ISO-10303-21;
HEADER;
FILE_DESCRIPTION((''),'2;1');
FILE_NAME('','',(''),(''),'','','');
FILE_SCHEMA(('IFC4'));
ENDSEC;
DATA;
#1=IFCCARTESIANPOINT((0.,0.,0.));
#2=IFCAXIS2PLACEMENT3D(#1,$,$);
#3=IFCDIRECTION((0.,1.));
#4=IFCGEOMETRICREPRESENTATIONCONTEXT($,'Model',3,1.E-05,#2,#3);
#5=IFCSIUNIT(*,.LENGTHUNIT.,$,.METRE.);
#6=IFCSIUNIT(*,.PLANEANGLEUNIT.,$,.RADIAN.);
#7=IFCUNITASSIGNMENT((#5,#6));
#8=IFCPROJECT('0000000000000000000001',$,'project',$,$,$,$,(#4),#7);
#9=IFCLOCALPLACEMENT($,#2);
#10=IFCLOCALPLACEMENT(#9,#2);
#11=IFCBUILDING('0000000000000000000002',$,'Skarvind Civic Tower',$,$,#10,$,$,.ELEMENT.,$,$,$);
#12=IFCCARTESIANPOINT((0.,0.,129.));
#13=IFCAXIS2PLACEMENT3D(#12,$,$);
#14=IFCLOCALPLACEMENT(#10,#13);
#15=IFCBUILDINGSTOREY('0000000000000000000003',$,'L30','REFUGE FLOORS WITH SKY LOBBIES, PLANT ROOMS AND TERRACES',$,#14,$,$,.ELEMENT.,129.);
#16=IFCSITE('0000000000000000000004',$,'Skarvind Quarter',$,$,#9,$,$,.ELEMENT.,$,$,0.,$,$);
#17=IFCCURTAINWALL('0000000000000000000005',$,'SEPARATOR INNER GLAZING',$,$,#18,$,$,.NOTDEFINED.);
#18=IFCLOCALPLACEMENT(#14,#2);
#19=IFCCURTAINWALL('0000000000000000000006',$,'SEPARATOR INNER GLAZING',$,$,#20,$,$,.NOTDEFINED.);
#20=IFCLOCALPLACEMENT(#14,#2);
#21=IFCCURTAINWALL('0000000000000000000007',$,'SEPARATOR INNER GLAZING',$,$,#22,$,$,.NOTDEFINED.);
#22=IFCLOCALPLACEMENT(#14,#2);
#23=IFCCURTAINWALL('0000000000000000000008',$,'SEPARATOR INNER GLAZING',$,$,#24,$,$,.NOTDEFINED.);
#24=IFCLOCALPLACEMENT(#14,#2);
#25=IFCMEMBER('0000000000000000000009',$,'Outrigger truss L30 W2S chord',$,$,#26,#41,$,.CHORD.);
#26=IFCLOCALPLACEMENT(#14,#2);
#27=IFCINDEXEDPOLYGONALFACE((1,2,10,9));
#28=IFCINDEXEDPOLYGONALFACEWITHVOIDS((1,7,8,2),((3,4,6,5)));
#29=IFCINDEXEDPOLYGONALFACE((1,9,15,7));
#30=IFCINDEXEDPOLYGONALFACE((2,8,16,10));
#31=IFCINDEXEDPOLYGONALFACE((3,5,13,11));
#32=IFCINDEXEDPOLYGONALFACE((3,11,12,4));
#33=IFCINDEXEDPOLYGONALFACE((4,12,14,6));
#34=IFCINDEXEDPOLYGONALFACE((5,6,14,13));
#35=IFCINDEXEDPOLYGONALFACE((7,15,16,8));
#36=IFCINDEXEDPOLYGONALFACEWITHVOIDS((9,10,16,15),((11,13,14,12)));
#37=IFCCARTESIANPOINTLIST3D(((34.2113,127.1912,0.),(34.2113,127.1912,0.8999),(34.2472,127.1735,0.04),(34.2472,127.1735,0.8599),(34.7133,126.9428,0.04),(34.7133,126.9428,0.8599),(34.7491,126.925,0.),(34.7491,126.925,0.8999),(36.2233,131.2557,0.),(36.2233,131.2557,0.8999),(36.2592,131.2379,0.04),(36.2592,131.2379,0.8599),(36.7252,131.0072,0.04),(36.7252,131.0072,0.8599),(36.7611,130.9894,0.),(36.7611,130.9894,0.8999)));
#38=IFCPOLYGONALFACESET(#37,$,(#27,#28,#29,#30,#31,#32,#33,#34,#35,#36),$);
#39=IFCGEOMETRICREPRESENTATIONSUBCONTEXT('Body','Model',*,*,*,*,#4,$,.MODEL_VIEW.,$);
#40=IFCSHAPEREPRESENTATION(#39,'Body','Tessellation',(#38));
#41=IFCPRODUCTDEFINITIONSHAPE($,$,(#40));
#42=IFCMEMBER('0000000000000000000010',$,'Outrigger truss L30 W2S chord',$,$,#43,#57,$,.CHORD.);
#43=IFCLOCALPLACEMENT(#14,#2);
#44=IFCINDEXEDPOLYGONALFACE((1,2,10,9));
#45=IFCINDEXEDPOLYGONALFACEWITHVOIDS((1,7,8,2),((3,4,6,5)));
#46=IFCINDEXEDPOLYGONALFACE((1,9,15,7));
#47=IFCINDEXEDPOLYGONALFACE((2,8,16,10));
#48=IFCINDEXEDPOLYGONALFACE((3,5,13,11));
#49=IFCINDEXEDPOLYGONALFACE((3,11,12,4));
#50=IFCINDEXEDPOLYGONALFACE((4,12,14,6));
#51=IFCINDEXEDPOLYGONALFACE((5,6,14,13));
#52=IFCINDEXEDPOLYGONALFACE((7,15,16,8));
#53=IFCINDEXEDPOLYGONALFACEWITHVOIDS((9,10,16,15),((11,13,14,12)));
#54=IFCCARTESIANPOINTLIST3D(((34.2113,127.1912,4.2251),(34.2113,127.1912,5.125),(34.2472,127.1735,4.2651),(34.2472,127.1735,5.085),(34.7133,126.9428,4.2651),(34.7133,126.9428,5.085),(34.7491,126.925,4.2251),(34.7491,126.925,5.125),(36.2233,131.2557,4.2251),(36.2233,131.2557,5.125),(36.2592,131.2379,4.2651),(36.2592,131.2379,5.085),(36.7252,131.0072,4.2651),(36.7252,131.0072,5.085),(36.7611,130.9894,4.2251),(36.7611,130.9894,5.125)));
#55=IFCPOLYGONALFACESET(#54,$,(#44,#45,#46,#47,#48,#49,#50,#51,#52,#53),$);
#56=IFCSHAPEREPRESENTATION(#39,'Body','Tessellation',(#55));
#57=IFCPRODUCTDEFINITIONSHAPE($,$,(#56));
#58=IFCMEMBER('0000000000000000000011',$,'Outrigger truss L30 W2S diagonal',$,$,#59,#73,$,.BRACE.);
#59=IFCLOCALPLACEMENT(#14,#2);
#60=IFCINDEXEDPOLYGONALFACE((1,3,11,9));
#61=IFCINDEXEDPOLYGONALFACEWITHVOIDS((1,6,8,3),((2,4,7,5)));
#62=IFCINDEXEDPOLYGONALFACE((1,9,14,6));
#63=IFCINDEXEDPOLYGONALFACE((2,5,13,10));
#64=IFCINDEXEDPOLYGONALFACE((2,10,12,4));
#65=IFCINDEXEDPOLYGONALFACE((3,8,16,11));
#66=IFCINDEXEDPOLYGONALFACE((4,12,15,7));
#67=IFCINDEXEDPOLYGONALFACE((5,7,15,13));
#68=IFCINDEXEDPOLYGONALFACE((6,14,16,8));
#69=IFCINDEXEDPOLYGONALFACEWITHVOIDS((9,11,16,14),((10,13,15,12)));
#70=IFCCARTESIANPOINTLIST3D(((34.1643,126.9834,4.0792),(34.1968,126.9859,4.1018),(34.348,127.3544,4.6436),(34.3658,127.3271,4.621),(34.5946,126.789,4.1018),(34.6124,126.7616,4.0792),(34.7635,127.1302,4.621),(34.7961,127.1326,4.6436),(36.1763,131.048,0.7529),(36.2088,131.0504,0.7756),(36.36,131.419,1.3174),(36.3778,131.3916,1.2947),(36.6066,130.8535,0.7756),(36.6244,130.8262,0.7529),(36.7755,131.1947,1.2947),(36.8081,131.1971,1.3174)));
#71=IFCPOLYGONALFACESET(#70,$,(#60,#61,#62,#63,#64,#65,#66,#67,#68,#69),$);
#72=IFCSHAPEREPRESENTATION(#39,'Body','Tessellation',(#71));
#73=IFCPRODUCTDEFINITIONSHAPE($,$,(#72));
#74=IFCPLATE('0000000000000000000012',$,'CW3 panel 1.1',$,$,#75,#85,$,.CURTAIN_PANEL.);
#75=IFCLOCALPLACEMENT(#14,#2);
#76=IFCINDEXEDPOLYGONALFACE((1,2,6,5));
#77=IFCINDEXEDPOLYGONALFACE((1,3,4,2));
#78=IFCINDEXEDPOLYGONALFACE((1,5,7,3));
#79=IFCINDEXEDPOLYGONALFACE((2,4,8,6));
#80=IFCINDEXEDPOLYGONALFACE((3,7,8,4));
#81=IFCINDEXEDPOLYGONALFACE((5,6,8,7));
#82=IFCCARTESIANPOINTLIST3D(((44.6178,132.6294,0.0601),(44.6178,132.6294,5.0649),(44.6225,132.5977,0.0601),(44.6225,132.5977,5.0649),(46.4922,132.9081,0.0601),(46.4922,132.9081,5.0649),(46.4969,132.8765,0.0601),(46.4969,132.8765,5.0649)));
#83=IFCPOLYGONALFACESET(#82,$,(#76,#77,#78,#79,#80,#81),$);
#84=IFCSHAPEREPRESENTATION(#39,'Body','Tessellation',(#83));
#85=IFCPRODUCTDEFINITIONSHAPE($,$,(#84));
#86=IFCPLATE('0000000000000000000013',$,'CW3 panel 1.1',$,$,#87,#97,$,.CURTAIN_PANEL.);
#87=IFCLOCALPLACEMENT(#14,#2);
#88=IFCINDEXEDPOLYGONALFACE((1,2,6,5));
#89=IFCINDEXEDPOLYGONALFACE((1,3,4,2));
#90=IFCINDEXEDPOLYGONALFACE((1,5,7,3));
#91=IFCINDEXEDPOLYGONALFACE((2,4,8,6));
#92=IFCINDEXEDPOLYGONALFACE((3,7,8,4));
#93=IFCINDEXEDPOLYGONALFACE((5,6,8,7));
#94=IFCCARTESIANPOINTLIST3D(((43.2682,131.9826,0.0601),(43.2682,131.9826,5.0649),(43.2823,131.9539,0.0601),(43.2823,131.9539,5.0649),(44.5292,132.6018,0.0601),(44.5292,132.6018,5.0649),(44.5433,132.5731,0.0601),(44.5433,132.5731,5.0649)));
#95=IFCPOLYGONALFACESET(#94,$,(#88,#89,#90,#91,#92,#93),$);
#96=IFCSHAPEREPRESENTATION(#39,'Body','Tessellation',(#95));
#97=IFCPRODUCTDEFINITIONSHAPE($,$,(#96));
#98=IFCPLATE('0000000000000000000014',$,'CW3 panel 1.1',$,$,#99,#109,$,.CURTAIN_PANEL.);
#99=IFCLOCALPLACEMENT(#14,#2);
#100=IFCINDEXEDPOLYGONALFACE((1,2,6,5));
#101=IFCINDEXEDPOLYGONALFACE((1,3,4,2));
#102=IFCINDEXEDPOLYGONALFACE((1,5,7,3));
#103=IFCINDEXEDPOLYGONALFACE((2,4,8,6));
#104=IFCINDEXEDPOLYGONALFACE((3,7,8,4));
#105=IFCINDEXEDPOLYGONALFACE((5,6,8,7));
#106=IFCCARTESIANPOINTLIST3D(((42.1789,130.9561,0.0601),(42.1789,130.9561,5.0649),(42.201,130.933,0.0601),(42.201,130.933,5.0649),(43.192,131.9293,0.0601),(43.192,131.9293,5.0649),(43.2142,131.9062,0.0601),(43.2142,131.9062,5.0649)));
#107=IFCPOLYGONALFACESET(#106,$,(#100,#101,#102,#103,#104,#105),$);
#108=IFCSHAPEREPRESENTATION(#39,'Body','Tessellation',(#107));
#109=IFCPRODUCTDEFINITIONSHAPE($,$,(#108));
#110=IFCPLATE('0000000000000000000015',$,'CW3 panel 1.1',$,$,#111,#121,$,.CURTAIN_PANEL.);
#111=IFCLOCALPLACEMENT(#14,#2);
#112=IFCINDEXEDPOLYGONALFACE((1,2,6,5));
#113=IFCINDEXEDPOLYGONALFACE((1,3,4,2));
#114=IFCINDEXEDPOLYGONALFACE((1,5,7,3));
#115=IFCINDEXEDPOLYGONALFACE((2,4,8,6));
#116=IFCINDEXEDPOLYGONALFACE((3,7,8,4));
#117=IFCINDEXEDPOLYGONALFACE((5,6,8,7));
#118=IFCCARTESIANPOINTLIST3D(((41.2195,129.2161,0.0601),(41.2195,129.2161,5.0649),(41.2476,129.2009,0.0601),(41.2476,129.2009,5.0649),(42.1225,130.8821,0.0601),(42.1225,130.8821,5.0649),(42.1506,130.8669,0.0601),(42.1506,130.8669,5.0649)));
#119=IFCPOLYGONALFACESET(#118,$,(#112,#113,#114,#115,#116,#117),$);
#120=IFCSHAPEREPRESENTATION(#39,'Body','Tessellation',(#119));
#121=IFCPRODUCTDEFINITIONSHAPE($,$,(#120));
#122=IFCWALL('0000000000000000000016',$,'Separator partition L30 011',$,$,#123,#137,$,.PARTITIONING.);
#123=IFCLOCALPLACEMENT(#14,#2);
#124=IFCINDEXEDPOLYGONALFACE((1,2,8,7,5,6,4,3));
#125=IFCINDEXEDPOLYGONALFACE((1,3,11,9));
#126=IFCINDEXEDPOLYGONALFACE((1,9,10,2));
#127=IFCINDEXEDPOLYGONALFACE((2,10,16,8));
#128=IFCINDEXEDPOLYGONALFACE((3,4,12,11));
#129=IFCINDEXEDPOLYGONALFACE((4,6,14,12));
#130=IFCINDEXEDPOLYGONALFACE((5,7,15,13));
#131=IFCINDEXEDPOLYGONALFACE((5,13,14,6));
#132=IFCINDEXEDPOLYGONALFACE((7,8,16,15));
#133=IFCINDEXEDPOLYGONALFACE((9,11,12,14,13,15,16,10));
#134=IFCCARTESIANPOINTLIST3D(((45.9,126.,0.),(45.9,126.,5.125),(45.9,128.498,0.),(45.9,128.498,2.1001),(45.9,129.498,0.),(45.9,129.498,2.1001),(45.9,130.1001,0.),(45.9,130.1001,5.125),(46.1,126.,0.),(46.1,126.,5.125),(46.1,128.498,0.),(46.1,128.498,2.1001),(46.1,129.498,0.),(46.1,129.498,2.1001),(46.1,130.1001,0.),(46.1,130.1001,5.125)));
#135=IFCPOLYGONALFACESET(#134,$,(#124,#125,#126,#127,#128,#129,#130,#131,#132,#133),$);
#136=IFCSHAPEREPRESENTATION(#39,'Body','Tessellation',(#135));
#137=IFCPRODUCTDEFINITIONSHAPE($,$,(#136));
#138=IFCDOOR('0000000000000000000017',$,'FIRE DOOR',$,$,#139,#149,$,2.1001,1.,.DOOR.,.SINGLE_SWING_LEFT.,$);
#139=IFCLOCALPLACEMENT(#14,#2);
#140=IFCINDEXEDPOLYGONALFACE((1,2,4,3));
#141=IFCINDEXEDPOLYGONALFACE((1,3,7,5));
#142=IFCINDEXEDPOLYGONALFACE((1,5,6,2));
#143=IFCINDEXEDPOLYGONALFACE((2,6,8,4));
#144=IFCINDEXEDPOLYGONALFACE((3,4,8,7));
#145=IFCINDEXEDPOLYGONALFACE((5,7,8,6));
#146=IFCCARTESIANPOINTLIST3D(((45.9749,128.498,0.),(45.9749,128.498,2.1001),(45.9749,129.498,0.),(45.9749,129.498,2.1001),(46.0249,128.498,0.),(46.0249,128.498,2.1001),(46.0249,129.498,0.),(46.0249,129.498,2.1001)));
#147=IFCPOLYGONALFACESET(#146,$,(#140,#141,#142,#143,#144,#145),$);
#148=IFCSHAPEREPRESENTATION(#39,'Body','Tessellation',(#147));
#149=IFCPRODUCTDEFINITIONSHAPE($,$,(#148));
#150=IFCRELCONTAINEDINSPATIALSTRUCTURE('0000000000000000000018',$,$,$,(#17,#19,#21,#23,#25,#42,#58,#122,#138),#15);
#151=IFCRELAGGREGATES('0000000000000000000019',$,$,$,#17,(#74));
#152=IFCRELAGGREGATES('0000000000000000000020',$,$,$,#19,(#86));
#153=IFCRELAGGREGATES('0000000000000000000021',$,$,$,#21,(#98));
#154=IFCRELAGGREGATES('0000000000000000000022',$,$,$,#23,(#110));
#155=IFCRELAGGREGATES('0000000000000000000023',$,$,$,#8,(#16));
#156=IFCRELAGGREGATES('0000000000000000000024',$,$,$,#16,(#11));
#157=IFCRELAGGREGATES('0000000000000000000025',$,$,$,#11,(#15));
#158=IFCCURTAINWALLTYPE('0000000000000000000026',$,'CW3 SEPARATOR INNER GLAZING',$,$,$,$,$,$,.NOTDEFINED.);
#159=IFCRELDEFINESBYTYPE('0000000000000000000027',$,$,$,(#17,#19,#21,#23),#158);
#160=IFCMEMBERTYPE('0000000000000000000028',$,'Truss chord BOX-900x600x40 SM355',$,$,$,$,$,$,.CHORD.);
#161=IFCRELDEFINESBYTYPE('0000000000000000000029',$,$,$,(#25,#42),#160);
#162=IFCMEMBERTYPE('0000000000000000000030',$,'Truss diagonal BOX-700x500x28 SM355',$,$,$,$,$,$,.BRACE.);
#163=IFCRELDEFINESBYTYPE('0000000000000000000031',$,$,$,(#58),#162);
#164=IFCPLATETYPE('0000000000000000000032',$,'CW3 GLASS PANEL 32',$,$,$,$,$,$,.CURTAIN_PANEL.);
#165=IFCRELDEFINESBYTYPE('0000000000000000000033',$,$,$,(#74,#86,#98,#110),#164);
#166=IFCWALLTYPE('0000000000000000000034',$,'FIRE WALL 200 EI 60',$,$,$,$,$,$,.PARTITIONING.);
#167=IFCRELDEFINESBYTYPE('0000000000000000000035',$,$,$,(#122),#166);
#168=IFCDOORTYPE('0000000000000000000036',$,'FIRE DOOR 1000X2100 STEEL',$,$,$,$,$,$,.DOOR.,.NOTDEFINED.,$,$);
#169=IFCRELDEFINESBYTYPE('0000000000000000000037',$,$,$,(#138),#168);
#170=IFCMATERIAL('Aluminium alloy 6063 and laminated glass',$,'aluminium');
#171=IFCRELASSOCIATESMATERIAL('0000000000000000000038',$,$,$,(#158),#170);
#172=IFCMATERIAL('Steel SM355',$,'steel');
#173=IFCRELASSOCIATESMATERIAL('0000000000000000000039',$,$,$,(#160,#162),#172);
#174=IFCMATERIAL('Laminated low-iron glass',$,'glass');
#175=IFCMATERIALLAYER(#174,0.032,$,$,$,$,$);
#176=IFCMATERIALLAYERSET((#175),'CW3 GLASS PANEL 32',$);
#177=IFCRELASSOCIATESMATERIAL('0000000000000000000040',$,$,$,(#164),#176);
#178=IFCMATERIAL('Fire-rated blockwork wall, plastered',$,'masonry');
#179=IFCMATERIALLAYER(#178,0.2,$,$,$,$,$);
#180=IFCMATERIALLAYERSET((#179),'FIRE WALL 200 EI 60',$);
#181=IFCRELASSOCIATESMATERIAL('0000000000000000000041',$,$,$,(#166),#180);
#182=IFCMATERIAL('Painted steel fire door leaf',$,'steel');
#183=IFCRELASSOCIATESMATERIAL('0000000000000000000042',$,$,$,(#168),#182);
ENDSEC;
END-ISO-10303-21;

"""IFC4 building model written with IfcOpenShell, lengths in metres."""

from ifc_helpers import new_model, si_unit, direction, frame, frame_2d, origin, origin_2d, place, context, subcontext, project, spatial, rectangle, hollow_rectangle, extrude, material, layer, layer_set, material_profile, profile_set, type_object, element, fill, aggregate, save


model = new_model("IFC4")

# Units and contexts
model_context = context("Model", 3, precision=1e-05, world=origin(), true_north=direction((0.0, 1.0)))
body_context = subcontext(model_context, "Body", "Model", "MODEL_VIEW")
ifc_project = project(units=[si_unit("LENGTHUNIT", "METRE"), si_unit("PLANEANGLEUNIT", "RADIAN")], contexts=[model_context])

# Site, building, storey
site_placement = place(None, origin())
site = spatial("IfcSite", under=ifc_project, at=site_placement, Name="Skarvind Quarter", CompositionType="ELEMENT", RefElevation=0.0)
building_placement = place(site_placement, origin())
building = spatial("IfcBuilding", under=site, at=building_placement, Name="Skarvind Civic Tower", CompositionType="ELEMENT")
storey_placement = place(building_placement, frame((0.0, 0.0, 129.0)))
storey = spatial("IfcBuildingStorey", under=building, at=storey_placement, Name="L30", Description="REFUGE FLOORS WITH SKY LOBBIES, PLANT ROOMS AND TERRACES", CompositionType="ELEMENT", Elevation=129.0)

# Curtain wall
ifc_material_1 = material(Name="Aluminium alloy 6063 and laminated glass", Category="aluminium")
curtain_wall_type = type_object("IfcCurtainWallType", Name="CW3 SEPARATOR INNER GLAZING", PredefinedType="NOTDEFINED", material=ifc_material_1)
curtain_wall_1_placement = place(storey_placement, origin())
curtain_wall_1 = element("IfcCurtainWall", 1, at=curtain_wall_1_placement, inside=storey, type_object=curtain_wall_type, Name="SEPARATOR INNER GLAZING", PredefinedType="NOTDEFINED")

# Curtain walls
curtain_wall_2_placement = place(storey_placement, origin())
curtain_wall_2 = element("IfcCurtainWall", 2, at=curtain_wall_2_placement, inside=storey, type_object=curtain_wall_type, Name="SEPARATOR INNER GLAZING", PredefinedType="NOTDEFINED")
curtain_wall_3_placement = place(storey_placement, origin())
curtain_wall_3 = element("IfcCurtainWall", 3, at=curtain_wall_3_placement, inside=storey, type_object=curtain_wall_type, Name="SEPARATOR INNER GLAZING", PredefinedType="NOTDEFINED")

# Curtain wall
curtain_wall_4_placement = place(storey_placement, origin())
curtain_wall_4 = element("IfcCurtainWall", 4, at=curtain_wall_4_placement, inside=storey, type_object=curtain_wall_type, Name="SEPARATOR INNER GLAZING", PredefinedType="NOTDEFINED")

# Members
ifc_material_2 = material(Name="Steel SM355", Category="steel")
ifc_material_profile_1 = material_profile(ifc_material_2, hollow_rectangle(XDim=0.6001, YDim=0.8999, WallThickness=0.04, at=origin_2d()), Name="BOX-900x600x40")
ifc_profile_set_1 = profile_set([ifc_material_profile_1], Name="Steel SM355")
member_type_1 = type_object("IfcMemberType", Name="Truss chord BOX-900x600x40 SM355", PredefinedType="CHORD", material=ifc_profile_set_1)
for number, where, z_axis, x_axis, name in (
    (5, (36.4922, 131.1226, 0.45), (-0.443636, -0.896207, 0.0), (0.896207, -0.443636, 0.0), "Outrigger truss L30 W2S chord"),
    (6, (36.4922, 131.1226, 4.675), (-0.443636, -0.896207, 0.0), (0.896207, -0.443636, 0.0), "Outrigger truss L30 W2S chord"),
):
    element("IfcMember", number, at=place(storey_placement, frame(where, z_axis=z_axis, x_axis=x_axis)), inside=storey, type_object=member_type_1, Name=name, PredefinedType="CHORD", context=body_context, shape_type="SweptSolid", body=[
        extrude(hollow_rectangle(XDim=0.6001, YDim=0.8999, WallThickness=0.04, at=origin_2d()), origin(), (0.0, 0.0, 1.0), 4.5352),
    ])
ifc_material_profile_2 = material_profile(ifc_material_2, hollow_rectangle(XDim=0.5, YDim=0.7, WallThickness=0.0281, at=origin_2d()), Name="BOX-700x500x28")
ifc_profile_set_2 = profile_set([ifc_material_profile_2], Name="Steel SM355")
member_type_2 = type_object("IfcMemberType", Name="Truss diagonal BOX-700x500x28 SM355", PredefinedType="BRACE", material=ifc_profile_set_2)
member_1_placement = place(storey_placement, frame((36.4922, 131.1226, 1.0352), z_axis=(-0.357736, -0.722677, 0.591408), x_axis=(0.896207, -0.443636, 0.0)))
element("IfcMember", 7, at=member_1_placement, inside=storey, type_object=member_type_2, Name="Outrigger truss L30 W2S diagonal", PredefinedType="BRACE", context=body_context, shape_type="SweptSolid", body=[
    extrude(hollow_rectangle(XDim=0.5, YDim=0.7, WallThickness=0.0281, at=origin_2d()), origin(), (0.0, 0.0, 1.0), 5.6243),
])

# Plates
ifc_material_3 = material(Name="Laminated low-iron glass", Category="glass")
ifc_layer_1 = layer(ifc_material_3, 0.032)
ifc_layer_set_1 = layer_set([ifc_layer_1], Name="CW3 GLASS PANEL 32")
plate_type = type_object("IfcPlateType", Name="CW3 GLASS PANEL 32", PredefinedType="CURTAIN_PANEL", material=ifc_layer_set_1)
plate_1_placement = place(storey_placement, frame((45.5574, 132.7529, 0.0601), z_axis=(0.0, 0.0, 1.0), x_axis=(0.989123, 0.147088, 0.0)))
plate_1 = element("IfcPlate", 8, at=plate_1_placement, type_object=plate_type, Name="CW3 panel 1.1", PredefinedType="CURTAIN_PANEL", context=body_context, shape_type="SweptSolid", body=[
    extrude(rectangle(XDim=1.895, YDim=0.032, at=origin_2d()), origin(), (0.0, 0.0, 1.0), 5.0049),
])
aggregate(curtain_wall_1, [plate_1])
plate_2_placement = place(storey_placement, frame((43.9058, 132.2778, 0.0601), z_axis=(0.0, 0.0, 1.0), x_axis=(0.89763, 0.440749, 0.0)))
plate_2 = element("IfcPlate", 9, at=plate_2_placement, type_object=plate_type, Name="CW3 panel 1.1", PredefinedType="CURTAIN_PANEL", context=body_context, shape_type="SweptSolid", body=[
    extrude(rectangle(XDim=1.4048, YDim=0.032, at=origin_2d()), origin(), (0.0, 0.0, 1.0), 5.0049),
])
aggregate(curtain_wall_2, [plate_2])
plate_3_placement = place(storey_placement, frame((42.6965, 131.4312, 0.0601), z_axis=(0.0, 0.0, 1.0), x_axis=(0.721195, 0.692732, 0.0)))
plate_3 = element("IfcPlate", 10, at=plate_3_placement, type_object=plate_type, Name="CW3 panel 1.1", PredefinedType="CURTAIN_PANEL", context=body_context, shape_type="SweptSolid", body=[
    extrude(rectangle(XDim=1.4048, YDim=0.032, at=origin_2d()), origin(), (0.0, 0.0, 1.0), 5.0049),
])
aggregate(curtain_wall_3, [plate_3])
plate_4_placement = place(storey_placement, frame((41.6851, 130.0415, 0.0601), z_axis=(0.0, 0.0, 1.0), x_axis=(0.476545, 0.87915, 0.0)))
plate_4 = element("IfcPlate", 11, at=plate_4_placement, type_object=plate_type, Name="CW3 panel 1.1", PredefinedType="CURTAIN_PANEL", context=body_context, shape_type="SweptSolid", body=[
    extrude(rectangle(XDim=1.895, YDim=0.032, at=origin_2d()), origin(), (0.0, 0.0, 1.0), 5.0049),
])
aggregate(curtain_wall_4, [plate_4])

# Wall, opening, door
ifc_material_4 = material(Name="Fire-rated blockwork wall, plastered", Category="masonry")
ifc_layer_2 = layer(ifc_material_4, 0.2)
ifc_layer_set_2 = layer_set([ifc_layer_2], Name="FIRE WALL 200 EI 60")
wall_type = type_object("IfcWallType", Name="FIRE WALL 200 EI 60", PredefinedType="PARTITIONING", material=ifc_layer_set_2)
wall_placement = place(storey_placement, frame((46.0, 130.1001, 0.0), z_axis=(0.0, 0.0, 1.0), x_axis=(0.0, -1.0, 0.0)))
wall = element("IfcWall", 12, at=wall_placement, inside=storey, type_object=wall_type, Name="Separator partition L30 011", PredefinedType="PARTITIONING", context=body_context, shape_type="SweptSolid", body=[
    extrude(rectangle(XDim=4.1001, YDim=0.2, at=frame_2d((2.05, 0.0))), origin(), (0.0, 0.0, 1.0), 5.125),
])
opening_placement = place(wall_placement, frame((0.6021, 0.0, 0.0)))
opening = element("IfcOpeningElement", 13, at=opening_placement, cuts=wall, PredefinedType="OPENING", context=body_context, shape_type="SweptSolid", body=[
    extrude(rectangle(XDim=1.0, YDim=2.1001, at=frame_2d((0.5, 1.05))), frame((0.0, 0.1099, 0.0), z_axis=(0.0, -1.0, 0.0), x_axis=(1.0, 0.0, 0.0)), (0.0, 0.0, 1.0), 0.22),
])
ifc_material_5 = material(Name="Painted steel fire door leaf", Category="steel")
door_type = type_object("IfcDoorType", Name="FIRE DOOR 1000X2100 STEEL", OperationType="NOTDEFINED", PredefinedType="DOOR", material=ifc_material_5)
door_placement = place(opening_placement, origin())
door = element("IfcDoor", 14, at=door_placement, inside=storey, type_object=door_type, Name="FIRE DOOR", OperationType="SINGLE_SWING_LEFT", OverallHeight=2.1001, OverallWidth=1.0, PredefinedType="DOOR", context=body_context, shape_type="SweptSolid", body=[
    extrude(rectangle(XDim=1.0, YDim=2.1001, at=frame_2d((0.5, 1.05))), frame((0.0, 0.0249, 0.0), z_axis=(0.0, -1.0, 0.0), x_axis=(1.0, 0.0, 0.0)), (0.0, 0.0, 1.0), 0.05),
])
fill(opening, door)

save(model, "model.ifc")
